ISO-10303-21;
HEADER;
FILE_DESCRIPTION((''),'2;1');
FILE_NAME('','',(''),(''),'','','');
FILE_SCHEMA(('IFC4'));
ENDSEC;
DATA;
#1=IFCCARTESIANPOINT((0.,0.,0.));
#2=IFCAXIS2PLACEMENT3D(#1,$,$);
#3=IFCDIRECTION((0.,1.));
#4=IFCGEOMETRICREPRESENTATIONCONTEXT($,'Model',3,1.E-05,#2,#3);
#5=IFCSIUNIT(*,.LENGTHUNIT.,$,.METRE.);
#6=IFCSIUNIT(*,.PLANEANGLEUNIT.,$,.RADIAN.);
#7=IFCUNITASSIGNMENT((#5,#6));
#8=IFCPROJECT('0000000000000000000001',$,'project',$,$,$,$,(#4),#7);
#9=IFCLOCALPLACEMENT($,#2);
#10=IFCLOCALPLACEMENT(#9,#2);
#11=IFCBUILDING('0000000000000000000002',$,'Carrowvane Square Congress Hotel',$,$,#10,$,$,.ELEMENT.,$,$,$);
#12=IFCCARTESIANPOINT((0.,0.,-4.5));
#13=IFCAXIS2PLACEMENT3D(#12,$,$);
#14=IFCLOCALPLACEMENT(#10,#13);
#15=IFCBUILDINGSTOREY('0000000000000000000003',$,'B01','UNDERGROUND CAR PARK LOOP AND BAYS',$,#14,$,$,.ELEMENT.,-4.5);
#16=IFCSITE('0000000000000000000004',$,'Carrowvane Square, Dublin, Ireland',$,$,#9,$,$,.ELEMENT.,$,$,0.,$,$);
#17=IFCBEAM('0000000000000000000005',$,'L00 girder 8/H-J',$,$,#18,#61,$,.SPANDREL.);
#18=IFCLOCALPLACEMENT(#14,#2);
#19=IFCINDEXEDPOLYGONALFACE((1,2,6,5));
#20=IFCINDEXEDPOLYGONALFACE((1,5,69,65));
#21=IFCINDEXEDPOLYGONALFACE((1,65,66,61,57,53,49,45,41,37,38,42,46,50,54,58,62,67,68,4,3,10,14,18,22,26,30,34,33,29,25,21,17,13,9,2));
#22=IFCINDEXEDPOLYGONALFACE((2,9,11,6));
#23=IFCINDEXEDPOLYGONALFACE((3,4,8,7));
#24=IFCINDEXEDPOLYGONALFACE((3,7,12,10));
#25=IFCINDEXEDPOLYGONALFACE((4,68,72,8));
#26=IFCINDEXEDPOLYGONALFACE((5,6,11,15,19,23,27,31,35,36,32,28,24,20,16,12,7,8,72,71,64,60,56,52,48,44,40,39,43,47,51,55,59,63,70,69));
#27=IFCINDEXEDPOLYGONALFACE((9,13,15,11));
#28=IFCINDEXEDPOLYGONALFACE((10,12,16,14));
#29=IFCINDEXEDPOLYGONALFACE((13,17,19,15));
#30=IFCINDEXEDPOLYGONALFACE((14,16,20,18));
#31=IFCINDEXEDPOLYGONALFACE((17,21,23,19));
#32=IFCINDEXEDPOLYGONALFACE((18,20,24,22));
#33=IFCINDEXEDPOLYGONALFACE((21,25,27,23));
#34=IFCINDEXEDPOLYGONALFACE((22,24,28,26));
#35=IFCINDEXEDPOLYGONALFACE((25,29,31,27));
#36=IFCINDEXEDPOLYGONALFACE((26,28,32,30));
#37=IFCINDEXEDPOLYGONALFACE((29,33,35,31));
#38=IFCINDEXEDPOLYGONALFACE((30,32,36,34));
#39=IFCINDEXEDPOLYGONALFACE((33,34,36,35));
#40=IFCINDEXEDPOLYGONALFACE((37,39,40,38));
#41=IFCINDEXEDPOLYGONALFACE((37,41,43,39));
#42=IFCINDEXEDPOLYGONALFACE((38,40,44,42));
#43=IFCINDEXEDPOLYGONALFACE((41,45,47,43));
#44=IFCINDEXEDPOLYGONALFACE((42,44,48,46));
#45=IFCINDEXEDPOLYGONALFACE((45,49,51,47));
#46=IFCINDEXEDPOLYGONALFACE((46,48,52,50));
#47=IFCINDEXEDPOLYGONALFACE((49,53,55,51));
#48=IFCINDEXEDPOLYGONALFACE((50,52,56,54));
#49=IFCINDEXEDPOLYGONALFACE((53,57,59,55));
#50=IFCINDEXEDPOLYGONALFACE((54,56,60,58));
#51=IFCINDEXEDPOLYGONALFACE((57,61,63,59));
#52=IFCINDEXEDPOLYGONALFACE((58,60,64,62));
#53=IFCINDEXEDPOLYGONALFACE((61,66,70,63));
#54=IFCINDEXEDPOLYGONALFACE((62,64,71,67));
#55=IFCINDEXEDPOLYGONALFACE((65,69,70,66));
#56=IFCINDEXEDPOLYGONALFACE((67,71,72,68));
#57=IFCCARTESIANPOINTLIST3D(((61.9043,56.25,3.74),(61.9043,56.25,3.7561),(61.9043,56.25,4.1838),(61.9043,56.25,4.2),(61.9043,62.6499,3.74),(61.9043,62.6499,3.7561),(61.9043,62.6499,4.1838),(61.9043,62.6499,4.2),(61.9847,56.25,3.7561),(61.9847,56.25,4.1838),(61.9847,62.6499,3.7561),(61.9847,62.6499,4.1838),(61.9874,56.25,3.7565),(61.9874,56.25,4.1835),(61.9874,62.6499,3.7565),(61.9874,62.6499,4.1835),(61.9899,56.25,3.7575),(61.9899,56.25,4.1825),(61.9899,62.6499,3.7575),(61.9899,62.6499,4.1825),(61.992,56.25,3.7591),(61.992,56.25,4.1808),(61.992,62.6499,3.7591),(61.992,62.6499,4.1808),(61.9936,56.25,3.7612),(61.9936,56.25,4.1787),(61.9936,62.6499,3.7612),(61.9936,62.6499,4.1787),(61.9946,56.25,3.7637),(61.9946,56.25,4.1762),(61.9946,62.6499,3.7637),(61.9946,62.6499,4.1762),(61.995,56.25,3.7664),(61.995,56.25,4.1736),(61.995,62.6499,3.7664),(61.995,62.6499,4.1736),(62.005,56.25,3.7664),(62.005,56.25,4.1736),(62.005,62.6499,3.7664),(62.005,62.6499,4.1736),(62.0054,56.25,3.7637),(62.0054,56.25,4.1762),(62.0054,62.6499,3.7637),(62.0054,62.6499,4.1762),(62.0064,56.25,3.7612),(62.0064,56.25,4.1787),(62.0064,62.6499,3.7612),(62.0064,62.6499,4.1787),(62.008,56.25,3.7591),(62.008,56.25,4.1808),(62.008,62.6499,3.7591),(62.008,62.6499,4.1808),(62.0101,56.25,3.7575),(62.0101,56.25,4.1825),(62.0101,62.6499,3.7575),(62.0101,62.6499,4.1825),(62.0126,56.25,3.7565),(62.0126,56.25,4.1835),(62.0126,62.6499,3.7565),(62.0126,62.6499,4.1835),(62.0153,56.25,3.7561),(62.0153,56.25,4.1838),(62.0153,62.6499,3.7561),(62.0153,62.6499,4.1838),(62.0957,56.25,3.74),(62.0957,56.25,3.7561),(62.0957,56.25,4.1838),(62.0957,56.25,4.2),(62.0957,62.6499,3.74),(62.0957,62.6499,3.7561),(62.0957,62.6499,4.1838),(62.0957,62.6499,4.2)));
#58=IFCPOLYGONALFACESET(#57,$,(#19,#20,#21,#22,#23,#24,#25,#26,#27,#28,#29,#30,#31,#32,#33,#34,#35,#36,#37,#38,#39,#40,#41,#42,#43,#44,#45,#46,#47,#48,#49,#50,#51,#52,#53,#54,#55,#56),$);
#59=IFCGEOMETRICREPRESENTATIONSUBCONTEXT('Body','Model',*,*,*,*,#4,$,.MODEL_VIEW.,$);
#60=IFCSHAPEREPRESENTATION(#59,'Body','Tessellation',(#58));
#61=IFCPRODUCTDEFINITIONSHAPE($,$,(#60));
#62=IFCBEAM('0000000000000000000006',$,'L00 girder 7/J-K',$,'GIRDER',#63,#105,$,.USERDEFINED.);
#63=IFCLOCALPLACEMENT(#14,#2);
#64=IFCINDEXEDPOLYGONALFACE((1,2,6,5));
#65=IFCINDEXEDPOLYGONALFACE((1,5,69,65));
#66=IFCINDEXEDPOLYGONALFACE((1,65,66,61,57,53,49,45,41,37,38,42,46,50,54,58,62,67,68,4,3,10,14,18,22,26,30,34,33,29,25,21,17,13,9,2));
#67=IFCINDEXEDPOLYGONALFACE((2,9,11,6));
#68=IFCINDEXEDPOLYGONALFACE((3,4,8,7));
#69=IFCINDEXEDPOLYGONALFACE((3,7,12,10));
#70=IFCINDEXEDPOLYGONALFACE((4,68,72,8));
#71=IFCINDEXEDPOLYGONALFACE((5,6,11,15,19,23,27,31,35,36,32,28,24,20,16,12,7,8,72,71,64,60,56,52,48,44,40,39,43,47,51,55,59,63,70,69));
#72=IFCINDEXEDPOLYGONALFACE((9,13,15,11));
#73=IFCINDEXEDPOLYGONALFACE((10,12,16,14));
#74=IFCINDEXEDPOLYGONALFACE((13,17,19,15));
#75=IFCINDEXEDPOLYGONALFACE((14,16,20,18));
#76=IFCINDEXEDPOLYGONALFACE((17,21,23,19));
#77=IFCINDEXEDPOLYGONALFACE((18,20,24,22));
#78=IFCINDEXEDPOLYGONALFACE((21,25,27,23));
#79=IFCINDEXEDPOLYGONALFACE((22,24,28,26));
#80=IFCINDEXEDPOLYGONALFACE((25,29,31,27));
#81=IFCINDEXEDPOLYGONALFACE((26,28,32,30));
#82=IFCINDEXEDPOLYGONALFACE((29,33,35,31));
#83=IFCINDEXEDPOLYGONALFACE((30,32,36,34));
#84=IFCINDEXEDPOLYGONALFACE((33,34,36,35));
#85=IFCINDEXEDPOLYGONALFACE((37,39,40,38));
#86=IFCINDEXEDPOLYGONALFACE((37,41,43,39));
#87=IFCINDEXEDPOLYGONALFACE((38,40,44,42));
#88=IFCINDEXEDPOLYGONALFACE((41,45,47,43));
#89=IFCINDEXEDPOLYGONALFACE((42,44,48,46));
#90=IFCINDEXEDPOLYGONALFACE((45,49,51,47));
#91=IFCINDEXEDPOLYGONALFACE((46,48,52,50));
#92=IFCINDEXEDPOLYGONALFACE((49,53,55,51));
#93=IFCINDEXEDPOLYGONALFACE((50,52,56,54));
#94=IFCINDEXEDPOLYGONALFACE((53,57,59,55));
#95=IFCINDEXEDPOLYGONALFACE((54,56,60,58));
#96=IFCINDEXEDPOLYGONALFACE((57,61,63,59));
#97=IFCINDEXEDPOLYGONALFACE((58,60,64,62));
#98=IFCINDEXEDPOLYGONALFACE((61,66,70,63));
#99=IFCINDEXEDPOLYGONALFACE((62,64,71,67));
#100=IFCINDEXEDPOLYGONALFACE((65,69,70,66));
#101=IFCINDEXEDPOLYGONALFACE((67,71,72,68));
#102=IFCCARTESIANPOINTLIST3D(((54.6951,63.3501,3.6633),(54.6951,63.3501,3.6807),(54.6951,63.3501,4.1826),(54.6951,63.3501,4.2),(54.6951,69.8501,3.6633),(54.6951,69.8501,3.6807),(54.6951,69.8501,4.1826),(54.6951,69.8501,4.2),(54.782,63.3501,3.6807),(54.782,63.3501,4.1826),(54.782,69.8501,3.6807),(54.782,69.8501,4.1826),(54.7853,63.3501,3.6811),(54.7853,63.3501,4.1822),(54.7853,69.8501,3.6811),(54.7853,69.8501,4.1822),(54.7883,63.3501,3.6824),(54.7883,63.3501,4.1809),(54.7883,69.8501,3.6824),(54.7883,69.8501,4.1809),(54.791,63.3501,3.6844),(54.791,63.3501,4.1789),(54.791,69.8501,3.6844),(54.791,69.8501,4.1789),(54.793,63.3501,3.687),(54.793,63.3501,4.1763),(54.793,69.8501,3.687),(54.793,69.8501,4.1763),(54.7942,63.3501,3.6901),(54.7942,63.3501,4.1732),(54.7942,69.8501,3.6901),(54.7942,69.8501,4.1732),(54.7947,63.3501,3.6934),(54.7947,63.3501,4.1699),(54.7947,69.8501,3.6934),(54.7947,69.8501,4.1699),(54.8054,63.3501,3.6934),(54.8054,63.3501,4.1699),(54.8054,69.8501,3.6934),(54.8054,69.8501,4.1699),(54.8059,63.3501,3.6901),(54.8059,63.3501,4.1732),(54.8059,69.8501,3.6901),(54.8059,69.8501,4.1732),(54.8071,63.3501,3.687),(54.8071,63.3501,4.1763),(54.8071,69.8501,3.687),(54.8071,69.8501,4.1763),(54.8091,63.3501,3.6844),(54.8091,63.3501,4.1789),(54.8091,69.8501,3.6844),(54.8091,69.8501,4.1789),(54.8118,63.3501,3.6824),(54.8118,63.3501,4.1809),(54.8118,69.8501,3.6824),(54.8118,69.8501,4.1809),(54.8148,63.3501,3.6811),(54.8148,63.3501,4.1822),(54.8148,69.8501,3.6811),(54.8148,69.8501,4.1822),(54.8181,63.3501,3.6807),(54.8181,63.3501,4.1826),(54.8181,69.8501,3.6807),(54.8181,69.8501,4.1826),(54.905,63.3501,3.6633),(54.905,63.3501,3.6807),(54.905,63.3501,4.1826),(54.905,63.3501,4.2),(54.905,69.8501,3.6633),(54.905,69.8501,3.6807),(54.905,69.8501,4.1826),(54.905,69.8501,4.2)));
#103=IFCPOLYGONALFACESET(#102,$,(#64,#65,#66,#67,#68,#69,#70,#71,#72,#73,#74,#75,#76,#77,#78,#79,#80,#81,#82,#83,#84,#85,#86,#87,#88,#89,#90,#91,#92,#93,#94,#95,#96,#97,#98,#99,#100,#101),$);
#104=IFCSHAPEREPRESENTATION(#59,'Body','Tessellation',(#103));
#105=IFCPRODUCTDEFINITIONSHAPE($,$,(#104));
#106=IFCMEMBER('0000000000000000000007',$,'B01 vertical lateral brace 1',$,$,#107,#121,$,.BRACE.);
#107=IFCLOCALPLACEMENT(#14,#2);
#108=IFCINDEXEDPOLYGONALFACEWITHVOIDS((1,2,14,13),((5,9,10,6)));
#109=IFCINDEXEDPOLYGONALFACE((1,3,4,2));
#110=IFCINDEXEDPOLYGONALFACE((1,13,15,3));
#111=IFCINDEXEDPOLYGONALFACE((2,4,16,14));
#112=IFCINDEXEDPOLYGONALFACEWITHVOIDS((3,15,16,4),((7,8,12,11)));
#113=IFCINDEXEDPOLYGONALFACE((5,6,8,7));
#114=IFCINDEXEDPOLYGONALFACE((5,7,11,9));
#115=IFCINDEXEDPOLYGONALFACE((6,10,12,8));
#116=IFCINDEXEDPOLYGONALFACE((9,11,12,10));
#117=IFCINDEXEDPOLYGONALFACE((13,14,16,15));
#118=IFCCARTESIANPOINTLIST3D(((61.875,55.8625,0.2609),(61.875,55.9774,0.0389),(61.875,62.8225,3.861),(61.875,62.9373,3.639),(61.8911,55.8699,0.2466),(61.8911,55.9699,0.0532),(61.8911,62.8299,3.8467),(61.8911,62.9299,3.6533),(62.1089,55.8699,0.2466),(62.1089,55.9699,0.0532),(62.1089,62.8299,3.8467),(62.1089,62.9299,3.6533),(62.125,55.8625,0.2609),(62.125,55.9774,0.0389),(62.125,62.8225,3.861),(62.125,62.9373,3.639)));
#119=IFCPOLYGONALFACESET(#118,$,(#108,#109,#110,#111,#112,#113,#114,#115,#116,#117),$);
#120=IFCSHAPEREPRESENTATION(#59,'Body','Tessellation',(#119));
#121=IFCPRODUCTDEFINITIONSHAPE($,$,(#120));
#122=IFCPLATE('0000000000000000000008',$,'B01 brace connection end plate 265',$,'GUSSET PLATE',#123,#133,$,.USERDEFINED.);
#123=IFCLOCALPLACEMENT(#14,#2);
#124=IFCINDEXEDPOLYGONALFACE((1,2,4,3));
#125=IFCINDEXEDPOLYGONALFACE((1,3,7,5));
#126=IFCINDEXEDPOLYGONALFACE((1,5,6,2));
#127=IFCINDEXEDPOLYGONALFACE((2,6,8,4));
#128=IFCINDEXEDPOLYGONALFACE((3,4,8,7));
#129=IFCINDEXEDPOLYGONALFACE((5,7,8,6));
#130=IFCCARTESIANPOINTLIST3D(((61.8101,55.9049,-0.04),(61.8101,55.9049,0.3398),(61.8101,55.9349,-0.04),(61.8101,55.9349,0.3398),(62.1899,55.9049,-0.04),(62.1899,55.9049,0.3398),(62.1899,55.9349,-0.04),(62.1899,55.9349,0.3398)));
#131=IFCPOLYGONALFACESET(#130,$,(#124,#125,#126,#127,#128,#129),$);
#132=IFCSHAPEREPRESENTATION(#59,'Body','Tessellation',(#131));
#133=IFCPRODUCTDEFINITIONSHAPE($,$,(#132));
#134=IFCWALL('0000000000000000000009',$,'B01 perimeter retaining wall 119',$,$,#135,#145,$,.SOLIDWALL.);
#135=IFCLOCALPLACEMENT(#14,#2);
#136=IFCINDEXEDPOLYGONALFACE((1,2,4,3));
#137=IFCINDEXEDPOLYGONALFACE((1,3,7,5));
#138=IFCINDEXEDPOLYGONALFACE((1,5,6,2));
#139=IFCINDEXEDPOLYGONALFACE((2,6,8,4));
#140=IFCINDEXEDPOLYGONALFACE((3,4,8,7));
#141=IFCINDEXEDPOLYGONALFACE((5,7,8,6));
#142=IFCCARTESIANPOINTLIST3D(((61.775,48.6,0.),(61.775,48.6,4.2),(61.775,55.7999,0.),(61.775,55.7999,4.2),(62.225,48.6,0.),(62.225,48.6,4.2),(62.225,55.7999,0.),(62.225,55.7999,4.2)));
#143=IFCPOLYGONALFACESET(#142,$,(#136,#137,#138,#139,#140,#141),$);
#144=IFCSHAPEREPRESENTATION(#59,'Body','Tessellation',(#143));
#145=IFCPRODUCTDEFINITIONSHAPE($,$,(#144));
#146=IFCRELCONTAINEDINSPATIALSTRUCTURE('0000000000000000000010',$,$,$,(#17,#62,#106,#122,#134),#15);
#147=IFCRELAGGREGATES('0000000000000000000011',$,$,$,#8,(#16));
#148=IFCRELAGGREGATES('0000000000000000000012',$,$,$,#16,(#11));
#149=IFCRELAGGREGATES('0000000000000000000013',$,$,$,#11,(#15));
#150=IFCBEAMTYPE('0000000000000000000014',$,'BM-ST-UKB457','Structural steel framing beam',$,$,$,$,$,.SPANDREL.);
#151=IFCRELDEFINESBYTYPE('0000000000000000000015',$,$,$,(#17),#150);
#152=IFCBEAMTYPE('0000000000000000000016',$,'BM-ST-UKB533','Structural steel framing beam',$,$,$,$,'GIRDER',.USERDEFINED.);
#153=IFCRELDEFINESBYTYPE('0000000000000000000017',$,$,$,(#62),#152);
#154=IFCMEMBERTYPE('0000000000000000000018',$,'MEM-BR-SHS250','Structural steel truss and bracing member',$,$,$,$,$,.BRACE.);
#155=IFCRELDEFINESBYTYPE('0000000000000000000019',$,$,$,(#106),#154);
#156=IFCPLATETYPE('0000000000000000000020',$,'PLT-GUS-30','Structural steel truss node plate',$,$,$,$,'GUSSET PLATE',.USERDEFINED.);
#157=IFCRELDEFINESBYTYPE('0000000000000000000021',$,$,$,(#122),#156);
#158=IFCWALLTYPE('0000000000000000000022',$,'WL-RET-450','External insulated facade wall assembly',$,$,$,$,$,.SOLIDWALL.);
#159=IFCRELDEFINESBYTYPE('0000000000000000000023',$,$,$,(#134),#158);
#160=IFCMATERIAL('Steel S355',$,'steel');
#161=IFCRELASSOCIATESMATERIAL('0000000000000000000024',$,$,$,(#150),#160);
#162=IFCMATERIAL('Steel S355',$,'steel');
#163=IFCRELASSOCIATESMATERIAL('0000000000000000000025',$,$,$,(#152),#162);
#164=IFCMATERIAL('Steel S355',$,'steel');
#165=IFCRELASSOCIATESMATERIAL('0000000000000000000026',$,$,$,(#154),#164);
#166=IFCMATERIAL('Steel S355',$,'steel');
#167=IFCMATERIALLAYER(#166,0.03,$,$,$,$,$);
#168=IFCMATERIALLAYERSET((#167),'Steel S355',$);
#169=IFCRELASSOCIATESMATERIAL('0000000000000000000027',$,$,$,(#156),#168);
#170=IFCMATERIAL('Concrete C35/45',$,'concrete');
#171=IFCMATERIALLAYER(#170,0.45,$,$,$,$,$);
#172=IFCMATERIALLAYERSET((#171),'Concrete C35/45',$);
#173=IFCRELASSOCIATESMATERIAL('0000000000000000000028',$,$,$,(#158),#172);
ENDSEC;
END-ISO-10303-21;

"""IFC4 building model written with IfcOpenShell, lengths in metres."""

from ifc_helpers import new_model, si_unit, direction, frame, frame_2d, origin, origin_2d, place, context, subcontext, project, spatial, rectangle, hollow_rectangle, i_section, extrude, material, layer, layer_set, material_profile, profile_set, type_object, element, save


model = new_model("IFC4")

# Units and contexts
model_context = context("Model", 3, precision=1e-05, world=origin(), true_north=direction((0.0, 1.0)))
body_context = subcontext(model_context, "Body", "Model", "MODEL_VIEW")
ifc_project = project(units=[si_unit("LENGTHUNIT", "METRE"), si_unit("PLANEANGLEUNIT", "RADIAN")], contexts=[model_context])

# Site, building, storey
site_placement = place(None, origin())
site = spatial("IfcSite", under=ifc_project, at=site_placement, Name="Carrowvane Square, Dublin, Ireland", CompositionType="ELEMENT", RefElevation=0.0)
building_placement = place(site_placement, origin())
building = spatial("IfcBuilding", under=site, at=building_placement, Name="Carrowvane Square Congress Hotel", CompositionType="ELEMENT")
storey_placement = place(building_placement, frame((0.0, 0.0, -4.5)))
storey = spatial("IfcBuildingStorey", under=building, at=storey_placement, Name="B01", Description="UNDERGROUND CAR PARK LOOP AND BAYS", CompositionType="ELEMENT", Elevation=-4.5)

# Beams
ifc_material_1 = material(Name="Steel S355", Category="steel")
ifc_material_profile_1 = material_profile(ifc_material_1, i_section(OverallWidth=0.1914, OverallDepth=0.46, WebThickness=0.01, FlangeThickness=0.0161, FilletRadius=0.0103, at=origin_2d()), Name="UKB 457x191x82")
ifc_profile_set_1 = profile_set([ifc_material_profile_1], Name="Steel S355")
beam_type_1 = type_object("IfcBeamType", Name="BM-ST-UKB457", Description="Structural steel framing beam", PredefinedType="SPANDREL", material=ifc_profile_set_1)
beam_1_placement = place(storey_placement, frame((62.0, 56.25, 3.97), z_axis=(0.0, 1.0, 0.0), x_axis=(-1.0, 0.0, 0.0)))
element("IfcBeam", 1, at=beam_1_placement, inside=storey, type_object=beam_type_1, Name="L00 girder 8/H-J", PredefinedType="SPANDREL", context=body_context, shape_type="SweptSolid", body=[
    extrude(i_section(OverallWidth=0.1914, OverallDepth=0.46, WebThickness=0.01, FlangeThickness=0.0161, FilletRadius=0.0103, at=origin_2d()), origin(), (0.0, 0.0, 1.0), 6.3999),
])
ifc_material_2 = material(Name="Steel S355", Category="steel")
ifc_material_profile_2 = material_profile(ifc_material_2, i_section(OverallWidth=0.21, OverallDepth=0.5366, WebThickness=0.0107, FlangeThickness=0.0173, FilletRadius=0.0127, at=origin_2d()), Name="UKB 533x210x101")
ifc_profile_set_2 = profile_set([ifc_material_profile_2], Name="Steel S355")
beam_type_2 = type_object("IfcBeamType", Name="BM-ST-UKB533", Description="Structural steel framing beam", ElementType="GIRDER", PredefinedType="USERDEFINED", material=ifc_profile_set_2)
beam_2_placement = place(storey_placement, frame((54.8, 63.3501, 3.9316), z_axis=(0.0, 1.0, 0.0), x_axis=(-1.0, 0.0, 0.0)))
element("IfcBeam", 2, at=beam_2_placement, inside=storey, type_object=beam_type_2, Name="L00 girder 7/J-K", ObjectType="GIRDER", PredefinedType="USERDEFINED", context=body_context, shape_type="SweptSolid", body=[
    extrude(i_section(OverallWidth=0.21, OverallDepth=0.5366, WebThickness=0.0107, FlangeThickness=0.0173, FilletRadius=0.0127, at=origin_2d()), origin(), (0.0, 0.0, 1.0), 6.5),
])

# Member
ifc_material_3 = material(Name="Steel S355", Category="steel")
ifc_material_profile_3 = material_profile(ifc_material_3, hollow_rectangle(XDim=0.25, YDim=0.25, WallThickness=0.0161, at=origin_2d()), Name="SHS 250x250x16")
ifc_profile_set_3 = profile_set([ifc_material_profile_3], Name="Steel S355")
member_type = type_object("IfcMemberType", Name="MEM-BR-SHS250", Description="Structural steel truss and bracing member", PredefinedType="BRACE", material=ifc_profile_set_3)
member_placement = place(storey_placement, frame((62.0, 55.9199, 0.1499), z_axis=(0.0, 0.888212, 0.459435), x_axis=(-1.0, 0.0, 0.0)))
element("IfcMember", 3, at=member_placement, inside=storey, type_object=member_type, Name="B01 vertical lateral brace 1", PredefinedType="BRACE", context=body_context, shape_type="SweptSolid", body=[
    extrude(hollow_rectangle(XDim=0.25, YDim=0.25, WallThickness=0.0161, at=origin_2d()), origin(), (0.0, 0.0, 1.0), 7.8359),
])

# Plate
ifc_material_4 = material(Name="Steel S355", Category="steel")
ifc_layer_1 = layer(ifc_material_4, 0.03)
ifc_layer_set_1 = layer_set([ifc_layer_1], Name="Steel S355")
plate_type = type_object("IfcPlateType", Name="PLT-GUS-30", Description="Structural steel truss node plate", ElementType="GUSSET PLATE", PredefinedType="USERDEFINED", material=ifc_layer_set_1)
plate_placement = place(storey_placement, frame((62.0, 55.9199, -0.04), z_axis=(0.0, 0.0, 1.0), x_axis=(1.0, 0.0, 0.0)))
element("IfcPlate", 4, at=plate_placement, inside=storey, type_object=plate_type, Name="B01 brace connection end plate 265", ObjectType="GUSSET PLATE", PredefinedType="USERDEFINED", context=body_context, shape_type="SweptSolid", body=[
    extrude(rectangle(XDim=0.3799, YDim=0.03, at=origin_2d()), origin(), (0.0, 0.0, 1.0), 0.3799),
])

# Wall
ifc_material_5 = material(Name="Concrete C35/45", Category="concrete")
ifc_layer_2 = layer(ifc_material_5, 0.45)
ifc_layer_set_2 = layer_set([ifc_layer_2], Name="Concrete C35/45")
wall_type = type_object("IfcWallType", Name="WL-RET-450", Description="External insulated facade wall assembly", PredefinedType="SOLIDWALL", material=ifc_layer_set_2)
wall_placement = place(storey_placement, frame((62.0, 55.8, 0.0), z_axis=(0.0, 0.0, 1.0), x_axis=(0.0, -1.0, 0.0)))
element("IfcWall", 5, at=wall_placement, inside=storey, type_object=wall_type, Name="B01 perimeter retaining wall 119", PredefinedType="SOLIDWALL", context=body_context, shape_type="SweptSolid", body=[
    extrude(rectangle(XDim=7.2, YDim=0.45, at=frame_2d((3.6001, 0.0))), origin(), (0.0, 0.0, 1.0), 4.2),
])

save(model, "model.ifc")
